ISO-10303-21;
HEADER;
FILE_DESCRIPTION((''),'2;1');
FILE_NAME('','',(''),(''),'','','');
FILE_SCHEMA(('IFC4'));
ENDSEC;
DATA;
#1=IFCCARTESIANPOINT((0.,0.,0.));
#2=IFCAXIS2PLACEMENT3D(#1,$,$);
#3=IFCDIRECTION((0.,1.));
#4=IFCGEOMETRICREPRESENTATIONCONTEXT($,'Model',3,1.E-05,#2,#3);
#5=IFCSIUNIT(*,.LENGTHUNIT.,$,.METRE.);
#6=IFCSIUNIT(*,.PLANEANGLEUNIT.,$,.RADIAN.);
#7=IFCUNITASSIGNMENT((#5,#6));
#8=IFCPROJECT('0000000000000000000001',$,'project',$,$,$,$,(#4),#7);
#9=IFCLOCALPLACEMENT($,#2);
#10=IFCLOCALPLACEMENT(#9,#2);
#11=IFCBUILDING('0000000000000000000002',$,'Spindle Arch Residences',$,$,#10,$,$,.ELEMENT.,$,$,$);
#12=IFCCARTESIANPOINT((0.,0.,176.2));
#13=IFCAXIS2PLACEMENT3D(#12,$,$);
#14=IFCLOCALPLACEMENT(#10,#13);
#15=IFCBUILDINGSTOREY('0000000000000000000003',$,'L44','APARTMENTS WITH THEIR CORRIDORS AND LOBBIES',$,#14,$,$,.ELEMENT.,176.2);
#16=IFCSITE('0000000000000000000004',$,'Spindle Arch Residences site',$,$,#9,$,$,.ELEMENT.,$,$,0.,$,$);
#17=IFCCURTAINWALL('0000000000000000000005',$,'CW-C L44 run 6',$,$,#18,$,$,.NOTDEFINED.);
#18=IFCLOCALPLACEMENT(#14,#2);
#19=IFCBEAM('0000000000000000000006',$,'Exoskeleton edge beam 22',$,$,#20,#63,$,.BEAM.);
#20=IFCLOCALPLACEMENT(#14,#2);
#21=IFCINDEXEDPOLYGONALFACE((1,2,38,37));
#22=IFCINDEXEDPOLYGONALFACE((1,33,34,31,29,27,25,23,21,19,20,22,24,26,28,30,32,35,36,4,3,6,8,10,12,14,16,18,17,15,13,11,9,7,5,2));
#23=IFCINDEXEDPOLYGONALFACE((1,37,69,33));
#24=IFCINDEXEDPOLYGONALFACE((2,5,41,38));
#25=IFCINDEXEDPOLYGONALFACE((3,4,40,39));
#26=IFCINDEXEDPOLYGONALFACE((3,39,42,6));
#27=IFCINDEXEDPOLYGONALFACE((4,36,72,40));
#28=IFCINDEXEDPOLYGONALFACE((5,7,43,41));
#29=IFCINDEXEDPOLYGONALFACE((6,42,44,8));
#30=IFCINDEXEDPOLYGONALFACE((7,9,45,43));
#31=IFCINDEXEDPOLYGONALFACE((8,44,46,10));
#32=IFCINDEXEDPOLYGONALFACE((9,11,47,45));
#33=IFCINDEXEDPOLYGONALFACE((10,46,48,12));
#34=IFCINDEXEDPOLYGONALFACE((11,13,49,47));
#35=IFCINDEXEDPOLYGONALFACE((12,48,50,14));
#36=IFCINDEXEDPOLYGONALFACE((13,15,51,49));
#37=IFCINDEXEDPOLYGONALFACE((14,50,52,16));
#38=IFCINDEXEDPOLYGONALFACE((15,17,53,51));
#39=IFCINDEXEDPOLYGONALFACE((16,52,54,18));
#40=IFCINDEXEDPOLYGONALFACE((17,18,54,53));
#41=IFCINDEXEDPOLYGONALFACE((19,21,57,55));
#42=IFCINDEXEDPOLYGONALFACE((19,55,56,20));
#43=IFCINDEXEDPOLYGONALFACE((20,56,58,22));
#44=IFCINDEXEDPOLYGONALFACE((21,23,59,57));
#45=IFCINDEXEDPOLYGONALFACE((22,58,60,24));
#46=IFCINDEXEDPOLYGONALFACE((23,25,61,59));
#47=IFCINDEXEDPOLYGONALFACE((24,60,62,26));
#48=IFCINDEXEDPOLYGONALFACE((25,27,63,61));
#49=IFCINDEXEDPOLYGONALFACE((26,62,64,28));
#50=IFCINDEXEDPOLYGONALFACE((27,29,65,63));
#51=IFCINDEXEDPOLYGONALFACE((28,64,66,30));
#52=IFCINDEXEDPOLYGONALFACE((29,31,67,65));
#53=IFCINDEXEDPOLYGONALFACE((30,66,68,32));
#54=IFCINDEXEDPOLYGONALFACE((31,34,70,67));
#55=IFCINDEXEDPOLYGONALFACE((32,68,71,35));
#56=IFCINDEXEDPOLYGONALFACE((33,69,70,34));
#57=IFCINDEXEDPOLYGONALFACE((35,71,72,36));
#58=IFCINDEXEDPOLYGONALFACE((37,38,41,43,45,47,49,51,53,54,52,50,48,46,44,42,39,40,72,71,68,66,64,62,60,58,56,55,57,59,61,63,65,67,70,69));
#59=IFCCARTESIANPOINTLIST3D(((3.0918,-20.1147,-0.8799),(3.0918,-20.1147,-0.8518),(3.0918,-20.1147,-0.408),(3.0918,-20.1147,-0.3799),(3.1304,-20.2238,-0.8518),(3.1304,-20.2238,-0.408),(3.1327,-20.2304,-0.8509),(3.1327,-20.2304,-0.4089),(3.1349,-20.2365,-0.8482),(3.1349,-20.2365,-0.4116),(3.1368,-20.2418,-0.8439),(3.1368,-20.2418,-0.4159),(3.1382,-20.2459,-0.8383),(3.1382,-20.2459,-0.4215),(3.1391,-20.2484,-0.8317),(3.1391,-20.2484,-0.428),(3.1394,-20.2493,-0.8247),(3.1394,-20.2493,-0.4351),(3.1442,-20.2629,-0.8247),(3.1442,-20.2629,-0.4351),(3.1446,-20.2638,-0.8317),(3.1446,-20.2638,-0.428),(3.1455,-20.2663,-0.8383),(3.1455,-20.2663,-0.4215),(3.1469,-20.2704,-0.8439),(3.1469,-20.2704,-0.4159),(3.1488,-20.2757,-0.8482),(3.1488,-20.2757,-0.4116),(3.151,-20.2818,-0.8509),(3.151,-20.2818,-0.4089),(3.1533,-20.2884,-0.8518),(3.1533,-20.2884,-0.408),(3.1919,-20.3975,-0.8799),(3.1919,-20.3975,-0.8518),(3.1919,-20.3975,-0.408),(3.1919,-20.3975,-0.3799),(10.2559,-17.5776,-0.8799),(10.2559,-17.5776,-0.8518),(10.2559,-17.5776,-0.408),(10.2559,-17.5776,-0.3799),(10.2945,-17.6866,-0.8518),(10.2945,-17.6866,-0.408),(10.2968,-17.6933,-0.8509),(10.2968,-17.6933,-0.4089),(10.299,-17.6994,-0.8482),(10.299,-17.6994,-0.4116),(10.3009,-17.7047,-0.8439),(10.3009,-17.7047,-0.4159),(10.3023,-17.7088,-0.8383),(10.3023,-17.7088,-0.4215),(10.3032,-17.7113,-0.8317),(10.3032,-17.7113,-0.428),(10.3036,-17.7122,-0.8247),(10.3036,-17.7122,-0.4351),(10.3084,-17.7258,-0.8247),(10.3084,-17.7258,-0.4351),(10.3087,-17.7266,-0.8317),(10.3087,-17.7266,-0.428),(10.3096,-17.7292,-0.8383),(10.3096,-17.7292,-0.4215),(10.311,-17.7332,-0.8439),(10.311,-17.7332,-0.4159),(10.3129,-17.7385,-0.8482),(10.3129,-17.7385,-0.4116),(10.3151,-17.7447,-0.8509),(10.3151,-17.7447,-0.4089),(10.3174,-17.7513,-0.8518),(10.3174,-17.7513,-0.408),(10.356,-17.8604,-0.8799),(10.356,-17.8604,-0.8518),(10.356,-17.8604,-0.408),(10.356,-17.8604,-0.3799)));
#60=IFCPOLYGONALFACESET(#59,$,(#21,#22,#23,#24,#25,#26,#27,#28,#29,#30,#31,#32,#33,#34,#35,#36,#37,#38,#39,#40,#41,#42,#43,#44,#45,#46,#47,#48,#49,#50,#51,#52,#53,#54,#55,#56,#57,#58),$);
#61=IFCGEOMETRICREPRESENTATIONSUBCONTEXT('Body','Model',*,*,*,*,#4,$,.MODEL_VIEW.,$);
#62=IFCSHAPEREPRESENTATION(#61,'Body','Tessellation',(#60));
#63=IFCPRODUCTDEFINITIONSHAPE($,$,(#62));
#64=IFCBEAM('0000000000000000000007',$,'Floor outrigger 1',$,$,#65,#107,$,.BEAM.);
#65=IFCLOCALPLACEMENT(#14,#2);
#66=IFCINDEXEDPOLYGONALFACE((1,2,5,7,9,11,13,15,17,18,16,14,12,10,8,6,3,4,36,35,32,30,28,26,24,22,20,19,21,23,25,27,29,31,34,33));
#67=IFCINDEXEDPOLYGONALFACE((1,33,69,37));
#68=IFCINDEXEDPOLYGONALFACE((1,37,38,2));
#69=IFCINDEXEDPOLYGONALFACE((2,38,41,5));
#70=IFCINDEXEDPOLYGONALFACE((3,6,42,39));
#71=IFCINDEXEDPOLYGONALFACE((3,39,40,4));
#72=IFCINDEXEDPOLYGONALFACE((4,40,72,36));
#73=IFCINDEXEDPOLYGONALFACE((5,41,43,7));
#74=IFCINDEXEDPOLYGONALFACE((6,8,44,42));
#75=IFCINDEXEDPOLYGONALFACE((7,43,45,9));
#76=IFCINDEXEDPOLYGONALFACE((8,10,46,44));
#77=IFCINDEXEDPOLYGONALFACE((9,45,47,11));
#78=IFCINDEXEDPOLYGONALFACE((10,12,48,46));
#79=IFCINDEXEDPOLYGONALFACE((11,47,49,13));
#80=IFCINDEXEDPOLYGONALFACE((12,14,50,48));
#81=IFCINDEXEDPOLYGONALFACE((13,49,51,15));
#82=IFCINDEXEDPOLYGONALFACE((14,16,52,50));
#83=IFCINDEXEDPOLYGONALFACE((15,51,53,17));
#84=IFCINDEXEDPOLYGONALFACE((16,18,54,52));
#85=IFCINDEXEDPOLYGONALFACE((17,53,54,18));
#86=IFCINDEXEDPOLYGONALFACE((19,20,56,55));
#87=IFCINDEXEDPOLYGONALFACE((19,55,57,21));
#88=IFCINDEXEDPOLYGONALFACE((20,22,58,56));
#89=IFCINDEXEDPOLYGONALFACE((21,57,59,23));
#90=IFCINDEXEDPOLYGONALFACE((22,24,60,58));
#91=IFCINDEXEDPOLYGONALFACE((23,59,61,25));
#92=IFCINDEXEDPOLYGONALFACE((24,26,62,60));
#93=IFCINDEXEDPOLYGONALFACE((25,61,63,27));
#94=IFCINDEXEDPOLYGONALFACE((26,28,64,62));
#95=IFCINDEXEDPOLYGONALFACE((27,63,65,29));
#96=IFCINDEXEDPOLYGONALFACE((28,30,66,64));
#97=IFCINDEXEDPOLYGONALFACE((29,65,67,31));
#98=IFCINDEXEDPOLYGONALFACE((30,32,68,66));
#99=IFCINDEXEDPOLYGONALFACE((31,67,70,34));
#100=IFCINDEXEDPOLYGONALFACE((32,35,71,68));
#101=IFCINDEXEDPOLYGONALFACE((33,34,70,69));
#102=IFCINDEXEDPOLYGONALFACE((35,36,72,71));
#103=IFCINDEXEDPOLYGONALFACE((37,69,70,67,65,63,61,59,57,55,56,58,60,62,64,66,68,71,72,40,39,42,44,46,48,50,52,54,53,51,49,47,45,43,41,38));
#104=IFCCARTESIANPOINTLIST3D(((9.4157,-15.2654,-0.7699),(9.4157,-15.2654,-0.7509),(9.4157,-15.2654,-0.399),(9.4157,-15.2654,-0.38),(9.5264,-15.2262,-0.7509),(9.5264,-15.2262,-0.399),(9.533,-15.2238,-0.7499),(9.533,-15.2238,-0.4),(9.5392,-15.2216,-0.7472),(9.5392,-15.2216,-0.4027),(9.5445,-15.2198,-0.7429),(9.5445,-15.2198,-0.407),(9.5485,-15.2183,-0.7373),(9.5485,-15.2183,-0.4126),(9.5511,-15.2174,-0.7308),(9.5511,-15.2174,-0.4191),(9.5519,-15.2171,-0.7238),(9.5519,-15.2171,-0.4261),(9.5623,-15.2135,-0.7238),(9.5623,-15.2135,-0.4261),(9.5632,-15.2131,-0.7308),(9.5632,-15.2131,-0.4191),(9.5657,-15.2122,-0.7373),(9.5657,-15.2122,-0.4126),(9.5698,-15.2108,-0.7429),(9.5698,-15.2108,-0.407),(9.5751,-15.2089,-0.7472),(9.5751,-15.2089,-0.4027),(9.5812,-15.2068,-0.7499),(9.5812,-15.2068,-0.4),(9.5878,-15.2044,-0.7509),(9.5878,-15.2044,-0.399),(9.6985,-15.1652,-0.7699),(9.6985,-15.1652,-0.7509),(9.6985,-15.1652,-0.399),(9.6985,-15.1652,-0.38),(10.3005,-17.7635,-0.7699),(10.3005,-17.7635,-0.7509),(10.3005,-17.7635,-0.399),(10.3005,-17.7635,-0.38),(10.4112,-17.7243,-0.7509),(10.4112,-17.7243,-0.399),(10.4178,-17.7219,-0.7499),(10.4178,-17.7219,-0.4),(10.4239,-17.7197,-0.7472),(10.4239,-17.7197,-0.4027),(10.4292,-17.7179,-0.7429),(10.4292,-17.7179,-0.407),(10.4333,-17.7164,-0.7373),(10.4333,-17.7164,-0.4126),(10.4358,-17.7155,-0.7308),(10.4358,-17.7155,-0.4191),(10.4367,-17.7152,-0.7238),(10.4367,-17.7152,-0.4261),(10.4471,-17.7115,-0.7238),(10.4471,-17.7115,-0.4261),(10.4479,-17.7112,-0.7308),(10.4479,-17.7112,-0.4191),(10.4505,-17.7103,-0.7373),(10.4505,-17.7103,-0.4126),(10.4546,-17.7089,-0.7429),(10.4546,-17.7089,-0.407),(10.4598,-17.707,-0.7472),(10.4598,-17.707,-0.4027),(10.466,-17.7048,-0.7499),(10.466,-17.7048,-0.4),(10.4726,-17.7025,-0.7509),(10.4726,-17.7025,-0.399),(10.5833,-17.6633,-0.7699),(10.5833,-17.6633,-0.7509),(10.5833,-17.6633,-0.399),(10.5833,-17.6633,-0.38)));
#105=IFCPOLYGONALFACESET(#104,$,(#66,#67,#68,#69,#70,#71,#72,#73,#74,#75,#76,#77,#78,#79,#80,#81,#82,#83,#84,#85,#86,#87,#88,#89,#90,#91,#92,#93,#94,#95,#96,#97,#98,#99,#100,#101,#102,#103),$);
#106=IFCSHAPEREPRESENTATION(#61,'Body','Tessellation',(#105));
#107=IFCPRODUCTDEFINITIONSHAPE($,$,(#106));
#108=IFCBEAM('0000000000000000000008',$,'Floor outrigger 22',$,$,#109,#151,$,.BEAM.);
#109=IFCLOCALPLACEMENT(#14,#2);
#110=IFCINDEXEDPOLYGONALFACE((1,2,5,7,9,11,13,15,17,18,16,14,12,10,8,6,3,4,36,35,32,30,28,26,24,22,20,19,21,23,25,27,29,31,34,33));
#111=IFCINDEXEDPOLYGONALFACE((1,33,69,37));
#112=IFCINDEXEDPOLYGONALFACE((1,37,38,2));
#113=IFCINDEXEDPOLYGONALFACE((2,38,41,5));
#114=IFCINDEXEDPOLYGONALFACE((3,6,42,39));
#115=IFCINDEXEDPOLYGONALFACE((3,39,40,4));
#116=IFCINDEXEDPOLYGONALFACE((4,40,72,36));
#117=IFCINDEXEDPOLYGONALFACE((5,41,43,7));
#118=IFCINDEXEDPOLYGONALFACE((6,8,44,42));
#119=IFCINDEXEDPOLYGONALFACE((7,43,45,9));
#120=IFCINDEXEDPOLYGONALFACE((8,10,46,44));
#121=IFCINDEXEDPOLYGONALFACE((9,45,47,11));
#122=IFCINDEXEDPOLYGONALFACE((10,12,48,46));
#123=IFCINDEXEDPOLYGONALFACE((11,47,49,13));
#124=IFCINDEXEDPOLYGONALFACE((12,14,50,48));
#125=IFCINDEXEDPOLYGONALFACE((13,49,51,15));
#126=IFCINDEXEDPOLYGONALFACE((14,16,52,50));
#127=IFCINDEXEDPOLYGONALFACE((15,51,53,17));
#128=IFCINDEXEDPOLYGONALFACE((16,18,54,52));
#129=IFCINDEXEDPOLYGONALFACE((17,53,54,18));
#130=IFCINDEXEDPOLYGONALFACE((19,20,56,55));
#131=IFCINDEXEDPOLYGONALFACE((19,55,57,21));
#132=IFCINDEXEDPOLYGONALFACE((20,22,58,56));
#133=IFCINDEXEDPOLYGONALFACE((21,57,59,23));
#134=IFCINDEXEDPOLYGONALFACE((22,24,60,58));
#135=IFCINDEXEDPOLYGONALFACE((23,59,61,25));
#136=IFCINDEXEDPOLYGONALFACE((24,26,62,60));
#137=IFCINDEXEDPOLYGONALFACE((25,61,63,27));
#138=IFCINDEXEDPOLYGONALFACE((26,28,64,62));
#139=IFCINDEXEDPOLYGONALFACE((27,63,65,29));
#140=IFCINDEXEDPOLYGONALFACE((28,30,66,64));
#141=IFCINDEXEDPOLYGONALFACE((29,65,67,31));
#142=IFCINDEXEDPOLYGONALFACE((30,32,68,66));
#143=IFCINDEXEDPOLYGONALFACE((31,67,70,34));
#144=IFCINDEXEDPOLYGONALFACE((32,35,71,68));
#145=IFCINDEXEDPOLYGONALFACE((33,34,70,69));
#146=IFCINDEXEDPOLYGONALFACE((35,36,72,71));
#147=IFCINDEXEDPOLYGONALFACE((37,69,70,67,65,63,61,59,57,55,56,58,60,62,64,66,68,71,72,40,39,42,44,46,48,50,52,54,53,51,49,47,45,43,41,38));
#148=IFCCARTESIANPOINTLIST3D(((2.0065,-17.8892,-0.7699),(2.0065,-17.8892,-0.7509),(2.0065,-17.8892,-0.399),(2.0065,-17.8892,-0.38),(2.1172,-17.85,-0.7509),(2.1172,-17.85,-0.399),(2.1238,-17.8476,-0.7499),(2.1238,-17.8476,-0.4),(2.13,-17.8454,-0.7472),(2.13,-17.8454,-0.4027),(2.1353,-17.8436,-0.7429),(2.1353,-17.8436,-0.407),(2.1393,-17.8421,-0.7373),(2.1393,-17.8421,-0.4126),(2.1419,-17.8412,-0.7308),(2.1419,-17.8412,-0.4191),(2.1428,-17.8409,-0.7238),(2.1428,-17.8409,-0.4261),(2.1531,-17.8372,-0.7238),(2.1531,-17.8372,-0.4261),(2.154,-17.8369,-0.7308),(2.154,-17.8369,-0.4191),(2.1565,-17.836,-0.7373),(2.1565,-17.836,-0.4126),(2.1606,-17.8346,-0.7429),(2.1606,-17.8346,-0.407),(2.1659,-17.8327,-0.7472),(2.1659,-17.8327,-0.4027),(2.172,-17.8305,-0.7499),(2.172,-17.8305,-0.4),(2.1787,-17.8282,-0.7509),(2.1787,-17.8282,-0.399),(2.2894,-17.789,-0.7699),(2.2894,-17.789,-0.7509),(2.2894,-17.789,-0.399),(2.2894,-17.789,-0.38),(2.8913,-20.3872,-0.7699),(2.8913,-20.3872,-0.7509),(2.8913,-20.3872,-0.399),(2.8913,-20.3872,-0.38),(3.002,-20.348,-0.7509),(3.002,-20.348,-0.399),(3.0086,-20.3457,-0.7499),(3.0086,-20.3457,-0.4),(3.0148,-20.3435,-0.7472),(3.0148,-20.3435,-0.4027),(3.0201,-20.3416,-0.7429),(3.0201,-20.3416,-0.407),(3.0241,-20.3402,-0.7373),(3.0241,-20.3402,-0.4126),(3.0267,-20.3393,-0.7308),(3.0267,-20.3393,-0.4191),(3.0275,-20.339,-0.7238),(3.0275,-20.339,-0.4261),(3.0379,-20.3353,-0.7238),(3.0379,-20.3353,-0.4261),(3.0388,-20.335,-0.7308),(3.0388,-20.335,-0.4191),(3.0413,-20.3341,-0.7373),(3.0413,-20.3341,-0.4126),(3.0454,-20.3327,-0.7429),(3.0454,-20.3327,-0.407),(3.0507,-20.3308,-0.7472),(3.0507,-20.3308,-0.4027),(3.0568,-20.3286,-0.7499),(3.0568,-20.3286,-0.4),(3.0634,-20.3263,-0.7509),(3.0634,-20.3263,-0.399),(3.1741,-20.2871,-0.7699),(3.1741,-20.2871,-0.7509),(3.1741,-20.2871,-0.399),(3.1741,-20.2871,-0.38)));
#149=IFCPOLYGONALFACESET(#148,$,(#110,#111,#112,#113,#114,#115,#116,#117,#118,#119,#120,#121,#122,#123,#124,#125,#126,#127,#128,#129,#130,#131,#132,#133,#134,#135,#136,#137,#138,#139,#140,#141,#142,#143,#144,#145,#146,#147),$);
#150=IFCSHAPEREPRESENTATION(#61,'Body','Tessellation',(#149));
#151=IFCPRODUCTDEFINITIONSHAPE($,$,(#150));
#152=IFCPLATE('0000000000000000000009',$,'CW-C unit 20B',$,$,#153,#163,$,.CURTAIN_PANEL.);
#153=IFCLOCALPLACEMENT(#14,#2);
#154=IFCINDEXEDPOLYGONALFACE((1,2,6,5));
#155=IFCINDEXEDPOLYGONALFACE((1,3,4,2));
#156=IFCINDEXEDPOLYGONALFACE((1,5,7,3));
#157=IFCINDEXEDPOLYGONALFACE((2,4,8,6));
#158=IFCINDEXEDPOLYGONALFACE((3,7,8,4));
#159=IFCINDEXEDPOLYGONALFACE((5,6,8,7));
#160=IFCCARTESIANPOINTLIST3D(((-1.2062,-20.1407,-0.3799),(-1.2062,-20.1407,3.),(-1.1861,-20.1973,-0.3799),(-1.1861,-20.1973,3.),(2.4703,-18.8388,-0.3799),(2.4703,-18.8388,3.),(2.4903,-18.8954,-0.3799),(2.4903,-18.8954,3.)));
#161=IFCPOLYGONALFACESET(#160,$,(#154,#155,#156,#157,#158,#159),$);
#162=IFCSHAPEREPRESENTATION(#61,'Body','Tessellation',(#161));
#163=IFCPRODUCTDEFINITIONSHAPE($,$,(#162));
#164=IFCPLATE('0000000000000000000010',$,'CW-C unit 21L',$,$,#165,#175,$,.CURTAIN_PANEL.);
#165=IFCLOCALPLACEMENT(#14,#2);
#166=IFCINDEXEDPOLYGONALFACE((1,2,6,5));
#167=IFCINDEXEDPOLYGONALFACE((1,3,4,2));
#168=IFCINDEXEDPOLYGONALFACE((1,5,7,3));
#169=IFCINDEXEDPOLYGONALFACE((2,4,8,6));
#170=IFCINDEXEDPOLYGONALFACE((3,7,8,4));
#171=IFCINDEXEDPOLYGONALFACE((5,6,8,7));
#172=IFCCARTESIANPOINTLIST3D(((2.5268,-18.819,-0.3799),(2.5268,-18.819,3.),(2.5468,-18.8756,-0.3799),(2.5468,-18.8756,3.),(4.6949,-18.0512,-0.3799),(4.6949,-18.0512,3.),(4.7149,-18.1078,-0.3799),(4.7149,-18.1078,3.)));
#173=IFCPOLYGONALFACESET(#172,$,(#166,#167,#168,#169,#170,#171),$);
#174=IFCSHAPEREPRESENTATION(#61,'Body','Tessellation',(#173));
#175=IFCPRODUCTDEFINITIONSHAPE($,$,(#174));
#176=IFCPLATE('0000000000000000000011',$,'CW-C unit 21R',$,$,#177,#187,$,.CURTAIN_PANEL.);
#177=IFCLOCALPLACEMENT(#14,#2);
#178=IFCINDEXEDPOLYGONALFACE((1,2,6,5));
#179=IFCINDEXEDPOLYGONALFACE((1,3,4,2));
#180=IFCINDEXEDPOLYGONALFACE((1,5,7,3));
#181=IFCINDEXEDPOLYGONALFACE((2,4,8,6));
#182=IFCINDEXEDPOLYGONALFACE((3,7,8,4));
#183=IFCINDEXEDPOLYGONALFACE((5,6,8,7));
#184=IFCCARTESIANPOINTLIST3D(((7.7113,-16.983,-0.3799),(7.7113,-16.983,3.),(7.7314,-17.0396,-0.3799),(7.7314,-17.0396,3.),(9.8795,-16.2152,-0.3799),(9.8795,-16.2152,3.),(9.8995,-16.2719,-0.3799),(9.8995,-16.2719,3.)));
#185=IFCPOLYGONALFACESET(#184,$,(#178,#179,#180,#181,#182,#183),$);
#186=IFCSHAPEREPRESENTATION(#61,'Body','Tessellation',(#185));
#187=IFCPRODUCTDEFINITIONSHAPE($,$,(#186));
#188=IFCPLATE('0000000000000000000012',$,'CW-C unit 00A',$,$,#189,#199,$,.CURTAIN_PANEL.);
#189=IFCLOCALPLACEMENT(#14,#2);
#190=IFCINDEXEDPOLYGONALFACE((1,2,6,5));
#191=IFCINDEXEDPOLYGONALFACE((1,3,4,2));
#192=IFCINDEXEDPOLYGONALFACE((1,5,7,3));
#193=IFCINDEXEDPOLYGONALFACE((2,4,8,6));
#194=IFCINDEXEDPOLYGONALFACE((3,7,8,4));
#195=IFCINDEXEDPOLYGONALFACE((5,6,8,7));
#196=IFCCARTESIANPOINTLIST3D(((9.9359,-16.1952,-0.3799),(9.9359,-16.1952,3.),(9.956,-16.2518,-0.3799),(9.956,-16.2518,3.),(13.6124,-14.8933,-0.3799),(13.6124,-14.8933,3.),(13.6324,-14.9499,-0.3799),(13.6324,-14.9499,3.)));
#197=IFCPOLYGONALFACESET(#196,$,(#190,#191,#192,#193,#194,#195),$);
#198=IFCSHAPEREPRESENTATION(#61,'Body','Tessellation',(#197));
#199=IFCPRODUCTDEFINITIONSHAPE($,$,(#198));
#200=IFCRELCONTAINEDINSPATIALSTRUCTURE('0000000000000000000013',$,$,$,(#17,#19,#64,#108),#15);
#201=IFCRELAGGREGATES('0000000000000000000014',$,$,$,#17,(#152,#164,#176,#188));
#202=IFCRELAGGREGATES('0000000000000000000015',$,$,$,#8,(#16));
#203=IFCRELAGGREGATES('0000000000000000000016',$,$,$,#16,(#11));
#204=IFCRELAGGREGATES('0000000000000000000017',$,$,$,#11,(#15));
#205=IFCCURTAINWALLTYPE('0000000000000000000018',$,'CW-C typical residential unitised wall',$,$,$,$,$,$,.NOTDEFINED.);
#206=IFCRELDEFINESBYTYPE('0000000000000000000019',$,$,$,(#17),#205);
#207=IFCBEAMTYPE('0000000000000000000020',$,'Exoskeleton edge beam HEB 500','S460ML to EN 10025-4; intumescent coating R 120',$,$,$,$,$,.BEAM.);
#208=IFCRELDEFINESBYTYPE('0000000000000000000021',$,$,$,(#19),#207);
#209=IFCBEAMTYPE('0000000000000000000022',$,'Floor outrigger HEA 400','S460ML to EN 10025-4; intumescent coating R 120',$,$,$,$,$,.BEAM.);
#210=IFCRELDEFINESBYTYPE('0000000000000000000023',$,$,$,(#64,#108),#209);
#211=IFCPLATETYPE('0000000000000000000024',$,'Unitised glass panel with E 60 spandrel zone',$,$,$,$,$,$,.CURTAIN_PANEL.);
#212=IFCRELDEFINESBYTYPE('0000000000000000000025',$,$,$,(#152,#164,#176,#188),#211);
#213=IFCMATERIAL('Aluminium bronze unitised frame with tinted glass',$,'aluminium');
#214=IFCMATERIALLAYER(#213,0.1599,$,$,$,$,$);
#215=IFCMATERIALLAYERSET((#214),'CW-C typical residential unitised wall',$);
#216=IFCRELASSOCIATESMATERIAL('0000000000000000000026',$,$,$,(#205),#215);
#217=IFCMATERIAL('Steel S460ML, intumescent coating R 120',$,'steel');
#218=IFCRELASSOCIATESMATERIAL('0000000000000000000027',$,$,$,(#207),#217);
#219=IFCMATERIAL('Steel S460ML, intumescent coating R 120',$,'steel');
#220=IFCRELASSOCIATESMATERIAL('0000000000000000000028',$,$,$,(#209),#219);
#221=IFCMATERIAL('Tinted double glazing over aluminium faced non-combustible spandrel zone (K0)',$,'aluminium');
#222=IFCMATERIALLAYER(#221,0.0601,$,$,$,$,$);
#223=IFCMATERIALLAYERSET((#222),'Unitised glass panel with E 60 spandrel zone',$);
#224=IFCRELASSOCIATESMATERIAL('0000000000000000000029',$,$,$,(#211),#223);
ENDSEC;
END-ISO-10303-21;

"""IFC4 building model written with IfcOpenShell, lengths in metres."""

from ifc_helpers import new_model, si_unit, direction, frame, origin, origin_2d, place, context, subcontext, project, spatial, rectangle, i_section, extrude, material, layer, layer_set, material_profile, profile_set, type_object, element, aggregate, save


model = new_model("IFC4")

# Units and contexts
model_context = context("Model", 3, precision=1e-05, world=origin(), true_north=direction((0.0, 1.0)))
body_context = subcontext(model_context, "Body", "Model", "MODEL_VIEW")
ifc_project = project(units=[si_unit("LENGTHUNIT", "METRE"), si_unit("PLANEANGLEUNIT", "RADIAN")], contexts=[model_context])

# Site, building, storey
site_placement = place(None, origin())
site = spatial("IfcSite", under=ifc_project, at=site_placement, Name="Spindle Arch Residences site", CompositionType="ELEMENT", RefElevation=0.0)
building_placement = place(site_placement, origin())
building = spatial("IfcBuilding", under=site, at=building_placement, Name="Spindle Arch Residences", CompositionType="ELEMENT")
storey_placement = place(building_placement, frame((0.0, 0.0, 176.2)))
storey = spatial("IfcBuildingStorey", under=building, at=storey_placement, Name="L44", Description="APARTMENTS WITH THEIR CORRIDORS AND LOBBIES", CompositionType="ELEMENT", Elevation=176.2)

# Curtain wall
ifc_material_1 = material(Name="Aluminium bronze unitised frame with tinted glass", Category="aluminium")
ifc_layer_1 = layer(ifc_material_1, 0.1599)
ifc_layer_set_1 = layer_set([ifc_layer_1], Name="CW-C typical residential unitised wall")
curtain_wall_type = type_object("IfcCurtainWallType", Name="CW-C typical residential unitised wall", PredefinedType="NOTDEFINED", material=ifc_layer_set_1)
curtain_wall_placement = place(storey_placement, origin())
curtain_wall = element("IfcCurtainWall", 1, at=curtain_wall_placement, inside=storey, type_object=curtain_wall_type, Name="CW-C L44 run 6", PredefinedType="NOTDEFINED")

# Beams
ifc_material_2 = material(Name="Steel S460ML, intumescent coating R 120", Category="steel")
ifc_material_profile_1 = material_profile(ifc_material_2, i_section(OverallWidth=0.3, OverallDepth=0.5, WebThickness=0.0144, FlangeThickness=0.0281, FilletRadius=0.0271, at=origin_2d()), Name="HEB 500")
ifc_profile_set_1 = profile_set([ifc_material_profile_1], Name="Steel S460ML, intumescent coating R 120")
beam_type_1 = type_object("IfcBeamType", Name="Exoskeleton edge beam HEB 500", Description="S460ML to EN 10025-4; intumescent coating R 120", PredefinedType="BEAM", material=ifc_profile_set_1)
for number, where, z_axis, x_axis, name in (
    (2, (3.1418, -20.2561, -0.6299), (0.942634, 0.333828, 0.0), (-0.333828, 0.942634, 0.0), "Exoskeleton edge beam 22"),
):
    element("IfcBeam", number, at=place(storey_placement, frame(where, z_axis=z_axis, x_axis=x_axis)), inside=storey, type_object=beam_type_1, Name=name, PredefinedType="BEAM", context=body_context, shape_type="SweptSolid", body=[
        extrude(i_section(OverallWidth=0.3, OverallDepth=0.5, WebThickness=0.0144, FlangeThickness=0.0281, FilletRadius=0.0271, at=origin_2d()), origin(), (0.0, 0.0, 1.0), 7.6001),
    ])
ifc_material_3 = material(Name="Steel S460ML, intumescent coating R 120", Category="steel")
ifc_material_profile_2 = material_profile(ifc_material_3, i_section(OverallWidth=0.3, OverallDepth=0.3899, WebThickness=0.011, FlangeThickness=0.019, FilletRadius=0.0271, at=origin_2d()), Name="HEA 400")
ifc_profile_set_2 = profile_set([ifc_material_profile_2], Name="Steel S460ML, intumescent coating R 120")
beam_type_2 = type_object("IfcBeamType", Name="Floor outrigger HEA 400", Description="S460ML to EN 10025-4; intumescent coating R 120", PredefinedType="BEAM", material=ifc_profile_set_2)
for number, where, z_axis, x_axis, name in (
    (3, (10.4419, -17.7134, -0.575), (-0.333861, 0.942622, 0.0), (-0.942622, -0.333861, 0.0), "Floor outrigger 1"),
    (4, (3.0327, -20.3372, -0.575), (-0.333861, 0.942622, 0.0), (-0.942622, -0.333861, 0.0), "Floor outrigger 22"),
):
    element("IfcBeam", number, at=place(storey_placement, frame(where, z_axis=z_axis, x_axis=x_axis)), inside=storey, type_object=beam_type_2, Name=name, PredefinedType="BEAM", context=body_context, shape_type="SweptSolid", body=[
        extrude(i_section(OverallWidth=0.3, OverallDepth=0.3899, WebThickness=0.011, FlangeThickness=0.019, FilletRadius=0.0271, at=origin_2d()), origin(), (0.0, 0.0, 1.0), 2.6501),
    ])

# Plates
ifc_material_4 = material(Name="Tinted double glazing over aluminium faced non-combustible spandrel zone (K0)", Category="aluminium")
ifc_layer_2 = layer(ifc_material_4, 0.0601)
ifc_layer_set_2 = layer_set([ifc_layer_2], Name="Unitised glass panel with E 60 spandrel zone")
plate_type = type_object("IfcPlateType", Name="Unitised glass panel with E 60 spandrel zone", PredefinedType="CURTAIN_PANEL", material=ifc_layer_set_2)
plate_1_placement = place(storey_placement, frame((0.6421, -19.5181, -0.3799), z_axis=(0.0, 0.0, 1.0), x_axis=(0.942641, 0.333807, 0.0)))
plate_1 = element("IfcPlate", 5, at=plate_1_placement, type_object=plate_type, Name="CW-C unit 20B", PredefinedType="CURTAIN_PANEL", context=body_context, shape_type="SweptSolid", body=[
    extrude(rectangle(XDim=3.9001, YDim=0.0601, at=origin_2d()), origin(), (0.0, 0.0, 1.0), 3.3799),
])
plate_2_placement = place(storey_placement, frame((3.6208, -18.4634, -0.3799), z_axis=(0.0, 0.0, 1.0), x_axis=(0.942641, 0.333807, 0.0)))
plate_2 = element("IfcPlate", 6, at=plate_2_placement, type_object=plate_type, Name="CW-C unit 21L", PredefinedType="CURTAIN_PANEL", context=body_context, shape_type="SweptSolid", body=[
    extrude(rectangle(XDim=2.3, YDim=0.0601, at=origin_2d()), origin(), (0.0, 0.0, 1.0), 3.3799),
])
plate_3_placement = place(storey_placement, frame((8.8054, -16.6274, -0.3799), z_axis=(0.0, 0.0, 1.0), x_axis=(0.942641, 0.333807, 0.0)))
plate_3 = element("IfcPlate", 7, at=plate_3_placement, type_object=plate_type, Name="CW-C unit 21R", PredefinedType="CURTAIN_PANEL", context=body_context, shape_type="SweptSolid", body=[
    extrude(rectangle(XDim=2.3, YDim=0.0601, at=origin_2d()), origin(), (0.0, 0.0, 1.0), 3.3799),
])
plate_4_placement = place(storey_placement, frame((11.7842, -15.5725, -0.3799), z_axis=(0.0, 0.0, 1.0), x_axis=(0.942641, 0.333807, 0.0)))
plate_4 = element("IfcPlate", 8, at=plate_4_placement, type_object=plate_type, Name="CW-C unit 00A", PredefinedType="CURTAIN_PANEL", context=body_context, shape_type="SweptSolid", body=[
    extrude(rectangle(XDim=3.9001, YDim=0.0601, at=origin_2d()), origin(), (0.0, 0.0, 1.0), 3.3799),
])
aggregate(curtain_wall, [plate_1, plate_2, plate_3, plate_4])

save(model, "model.ifc")
